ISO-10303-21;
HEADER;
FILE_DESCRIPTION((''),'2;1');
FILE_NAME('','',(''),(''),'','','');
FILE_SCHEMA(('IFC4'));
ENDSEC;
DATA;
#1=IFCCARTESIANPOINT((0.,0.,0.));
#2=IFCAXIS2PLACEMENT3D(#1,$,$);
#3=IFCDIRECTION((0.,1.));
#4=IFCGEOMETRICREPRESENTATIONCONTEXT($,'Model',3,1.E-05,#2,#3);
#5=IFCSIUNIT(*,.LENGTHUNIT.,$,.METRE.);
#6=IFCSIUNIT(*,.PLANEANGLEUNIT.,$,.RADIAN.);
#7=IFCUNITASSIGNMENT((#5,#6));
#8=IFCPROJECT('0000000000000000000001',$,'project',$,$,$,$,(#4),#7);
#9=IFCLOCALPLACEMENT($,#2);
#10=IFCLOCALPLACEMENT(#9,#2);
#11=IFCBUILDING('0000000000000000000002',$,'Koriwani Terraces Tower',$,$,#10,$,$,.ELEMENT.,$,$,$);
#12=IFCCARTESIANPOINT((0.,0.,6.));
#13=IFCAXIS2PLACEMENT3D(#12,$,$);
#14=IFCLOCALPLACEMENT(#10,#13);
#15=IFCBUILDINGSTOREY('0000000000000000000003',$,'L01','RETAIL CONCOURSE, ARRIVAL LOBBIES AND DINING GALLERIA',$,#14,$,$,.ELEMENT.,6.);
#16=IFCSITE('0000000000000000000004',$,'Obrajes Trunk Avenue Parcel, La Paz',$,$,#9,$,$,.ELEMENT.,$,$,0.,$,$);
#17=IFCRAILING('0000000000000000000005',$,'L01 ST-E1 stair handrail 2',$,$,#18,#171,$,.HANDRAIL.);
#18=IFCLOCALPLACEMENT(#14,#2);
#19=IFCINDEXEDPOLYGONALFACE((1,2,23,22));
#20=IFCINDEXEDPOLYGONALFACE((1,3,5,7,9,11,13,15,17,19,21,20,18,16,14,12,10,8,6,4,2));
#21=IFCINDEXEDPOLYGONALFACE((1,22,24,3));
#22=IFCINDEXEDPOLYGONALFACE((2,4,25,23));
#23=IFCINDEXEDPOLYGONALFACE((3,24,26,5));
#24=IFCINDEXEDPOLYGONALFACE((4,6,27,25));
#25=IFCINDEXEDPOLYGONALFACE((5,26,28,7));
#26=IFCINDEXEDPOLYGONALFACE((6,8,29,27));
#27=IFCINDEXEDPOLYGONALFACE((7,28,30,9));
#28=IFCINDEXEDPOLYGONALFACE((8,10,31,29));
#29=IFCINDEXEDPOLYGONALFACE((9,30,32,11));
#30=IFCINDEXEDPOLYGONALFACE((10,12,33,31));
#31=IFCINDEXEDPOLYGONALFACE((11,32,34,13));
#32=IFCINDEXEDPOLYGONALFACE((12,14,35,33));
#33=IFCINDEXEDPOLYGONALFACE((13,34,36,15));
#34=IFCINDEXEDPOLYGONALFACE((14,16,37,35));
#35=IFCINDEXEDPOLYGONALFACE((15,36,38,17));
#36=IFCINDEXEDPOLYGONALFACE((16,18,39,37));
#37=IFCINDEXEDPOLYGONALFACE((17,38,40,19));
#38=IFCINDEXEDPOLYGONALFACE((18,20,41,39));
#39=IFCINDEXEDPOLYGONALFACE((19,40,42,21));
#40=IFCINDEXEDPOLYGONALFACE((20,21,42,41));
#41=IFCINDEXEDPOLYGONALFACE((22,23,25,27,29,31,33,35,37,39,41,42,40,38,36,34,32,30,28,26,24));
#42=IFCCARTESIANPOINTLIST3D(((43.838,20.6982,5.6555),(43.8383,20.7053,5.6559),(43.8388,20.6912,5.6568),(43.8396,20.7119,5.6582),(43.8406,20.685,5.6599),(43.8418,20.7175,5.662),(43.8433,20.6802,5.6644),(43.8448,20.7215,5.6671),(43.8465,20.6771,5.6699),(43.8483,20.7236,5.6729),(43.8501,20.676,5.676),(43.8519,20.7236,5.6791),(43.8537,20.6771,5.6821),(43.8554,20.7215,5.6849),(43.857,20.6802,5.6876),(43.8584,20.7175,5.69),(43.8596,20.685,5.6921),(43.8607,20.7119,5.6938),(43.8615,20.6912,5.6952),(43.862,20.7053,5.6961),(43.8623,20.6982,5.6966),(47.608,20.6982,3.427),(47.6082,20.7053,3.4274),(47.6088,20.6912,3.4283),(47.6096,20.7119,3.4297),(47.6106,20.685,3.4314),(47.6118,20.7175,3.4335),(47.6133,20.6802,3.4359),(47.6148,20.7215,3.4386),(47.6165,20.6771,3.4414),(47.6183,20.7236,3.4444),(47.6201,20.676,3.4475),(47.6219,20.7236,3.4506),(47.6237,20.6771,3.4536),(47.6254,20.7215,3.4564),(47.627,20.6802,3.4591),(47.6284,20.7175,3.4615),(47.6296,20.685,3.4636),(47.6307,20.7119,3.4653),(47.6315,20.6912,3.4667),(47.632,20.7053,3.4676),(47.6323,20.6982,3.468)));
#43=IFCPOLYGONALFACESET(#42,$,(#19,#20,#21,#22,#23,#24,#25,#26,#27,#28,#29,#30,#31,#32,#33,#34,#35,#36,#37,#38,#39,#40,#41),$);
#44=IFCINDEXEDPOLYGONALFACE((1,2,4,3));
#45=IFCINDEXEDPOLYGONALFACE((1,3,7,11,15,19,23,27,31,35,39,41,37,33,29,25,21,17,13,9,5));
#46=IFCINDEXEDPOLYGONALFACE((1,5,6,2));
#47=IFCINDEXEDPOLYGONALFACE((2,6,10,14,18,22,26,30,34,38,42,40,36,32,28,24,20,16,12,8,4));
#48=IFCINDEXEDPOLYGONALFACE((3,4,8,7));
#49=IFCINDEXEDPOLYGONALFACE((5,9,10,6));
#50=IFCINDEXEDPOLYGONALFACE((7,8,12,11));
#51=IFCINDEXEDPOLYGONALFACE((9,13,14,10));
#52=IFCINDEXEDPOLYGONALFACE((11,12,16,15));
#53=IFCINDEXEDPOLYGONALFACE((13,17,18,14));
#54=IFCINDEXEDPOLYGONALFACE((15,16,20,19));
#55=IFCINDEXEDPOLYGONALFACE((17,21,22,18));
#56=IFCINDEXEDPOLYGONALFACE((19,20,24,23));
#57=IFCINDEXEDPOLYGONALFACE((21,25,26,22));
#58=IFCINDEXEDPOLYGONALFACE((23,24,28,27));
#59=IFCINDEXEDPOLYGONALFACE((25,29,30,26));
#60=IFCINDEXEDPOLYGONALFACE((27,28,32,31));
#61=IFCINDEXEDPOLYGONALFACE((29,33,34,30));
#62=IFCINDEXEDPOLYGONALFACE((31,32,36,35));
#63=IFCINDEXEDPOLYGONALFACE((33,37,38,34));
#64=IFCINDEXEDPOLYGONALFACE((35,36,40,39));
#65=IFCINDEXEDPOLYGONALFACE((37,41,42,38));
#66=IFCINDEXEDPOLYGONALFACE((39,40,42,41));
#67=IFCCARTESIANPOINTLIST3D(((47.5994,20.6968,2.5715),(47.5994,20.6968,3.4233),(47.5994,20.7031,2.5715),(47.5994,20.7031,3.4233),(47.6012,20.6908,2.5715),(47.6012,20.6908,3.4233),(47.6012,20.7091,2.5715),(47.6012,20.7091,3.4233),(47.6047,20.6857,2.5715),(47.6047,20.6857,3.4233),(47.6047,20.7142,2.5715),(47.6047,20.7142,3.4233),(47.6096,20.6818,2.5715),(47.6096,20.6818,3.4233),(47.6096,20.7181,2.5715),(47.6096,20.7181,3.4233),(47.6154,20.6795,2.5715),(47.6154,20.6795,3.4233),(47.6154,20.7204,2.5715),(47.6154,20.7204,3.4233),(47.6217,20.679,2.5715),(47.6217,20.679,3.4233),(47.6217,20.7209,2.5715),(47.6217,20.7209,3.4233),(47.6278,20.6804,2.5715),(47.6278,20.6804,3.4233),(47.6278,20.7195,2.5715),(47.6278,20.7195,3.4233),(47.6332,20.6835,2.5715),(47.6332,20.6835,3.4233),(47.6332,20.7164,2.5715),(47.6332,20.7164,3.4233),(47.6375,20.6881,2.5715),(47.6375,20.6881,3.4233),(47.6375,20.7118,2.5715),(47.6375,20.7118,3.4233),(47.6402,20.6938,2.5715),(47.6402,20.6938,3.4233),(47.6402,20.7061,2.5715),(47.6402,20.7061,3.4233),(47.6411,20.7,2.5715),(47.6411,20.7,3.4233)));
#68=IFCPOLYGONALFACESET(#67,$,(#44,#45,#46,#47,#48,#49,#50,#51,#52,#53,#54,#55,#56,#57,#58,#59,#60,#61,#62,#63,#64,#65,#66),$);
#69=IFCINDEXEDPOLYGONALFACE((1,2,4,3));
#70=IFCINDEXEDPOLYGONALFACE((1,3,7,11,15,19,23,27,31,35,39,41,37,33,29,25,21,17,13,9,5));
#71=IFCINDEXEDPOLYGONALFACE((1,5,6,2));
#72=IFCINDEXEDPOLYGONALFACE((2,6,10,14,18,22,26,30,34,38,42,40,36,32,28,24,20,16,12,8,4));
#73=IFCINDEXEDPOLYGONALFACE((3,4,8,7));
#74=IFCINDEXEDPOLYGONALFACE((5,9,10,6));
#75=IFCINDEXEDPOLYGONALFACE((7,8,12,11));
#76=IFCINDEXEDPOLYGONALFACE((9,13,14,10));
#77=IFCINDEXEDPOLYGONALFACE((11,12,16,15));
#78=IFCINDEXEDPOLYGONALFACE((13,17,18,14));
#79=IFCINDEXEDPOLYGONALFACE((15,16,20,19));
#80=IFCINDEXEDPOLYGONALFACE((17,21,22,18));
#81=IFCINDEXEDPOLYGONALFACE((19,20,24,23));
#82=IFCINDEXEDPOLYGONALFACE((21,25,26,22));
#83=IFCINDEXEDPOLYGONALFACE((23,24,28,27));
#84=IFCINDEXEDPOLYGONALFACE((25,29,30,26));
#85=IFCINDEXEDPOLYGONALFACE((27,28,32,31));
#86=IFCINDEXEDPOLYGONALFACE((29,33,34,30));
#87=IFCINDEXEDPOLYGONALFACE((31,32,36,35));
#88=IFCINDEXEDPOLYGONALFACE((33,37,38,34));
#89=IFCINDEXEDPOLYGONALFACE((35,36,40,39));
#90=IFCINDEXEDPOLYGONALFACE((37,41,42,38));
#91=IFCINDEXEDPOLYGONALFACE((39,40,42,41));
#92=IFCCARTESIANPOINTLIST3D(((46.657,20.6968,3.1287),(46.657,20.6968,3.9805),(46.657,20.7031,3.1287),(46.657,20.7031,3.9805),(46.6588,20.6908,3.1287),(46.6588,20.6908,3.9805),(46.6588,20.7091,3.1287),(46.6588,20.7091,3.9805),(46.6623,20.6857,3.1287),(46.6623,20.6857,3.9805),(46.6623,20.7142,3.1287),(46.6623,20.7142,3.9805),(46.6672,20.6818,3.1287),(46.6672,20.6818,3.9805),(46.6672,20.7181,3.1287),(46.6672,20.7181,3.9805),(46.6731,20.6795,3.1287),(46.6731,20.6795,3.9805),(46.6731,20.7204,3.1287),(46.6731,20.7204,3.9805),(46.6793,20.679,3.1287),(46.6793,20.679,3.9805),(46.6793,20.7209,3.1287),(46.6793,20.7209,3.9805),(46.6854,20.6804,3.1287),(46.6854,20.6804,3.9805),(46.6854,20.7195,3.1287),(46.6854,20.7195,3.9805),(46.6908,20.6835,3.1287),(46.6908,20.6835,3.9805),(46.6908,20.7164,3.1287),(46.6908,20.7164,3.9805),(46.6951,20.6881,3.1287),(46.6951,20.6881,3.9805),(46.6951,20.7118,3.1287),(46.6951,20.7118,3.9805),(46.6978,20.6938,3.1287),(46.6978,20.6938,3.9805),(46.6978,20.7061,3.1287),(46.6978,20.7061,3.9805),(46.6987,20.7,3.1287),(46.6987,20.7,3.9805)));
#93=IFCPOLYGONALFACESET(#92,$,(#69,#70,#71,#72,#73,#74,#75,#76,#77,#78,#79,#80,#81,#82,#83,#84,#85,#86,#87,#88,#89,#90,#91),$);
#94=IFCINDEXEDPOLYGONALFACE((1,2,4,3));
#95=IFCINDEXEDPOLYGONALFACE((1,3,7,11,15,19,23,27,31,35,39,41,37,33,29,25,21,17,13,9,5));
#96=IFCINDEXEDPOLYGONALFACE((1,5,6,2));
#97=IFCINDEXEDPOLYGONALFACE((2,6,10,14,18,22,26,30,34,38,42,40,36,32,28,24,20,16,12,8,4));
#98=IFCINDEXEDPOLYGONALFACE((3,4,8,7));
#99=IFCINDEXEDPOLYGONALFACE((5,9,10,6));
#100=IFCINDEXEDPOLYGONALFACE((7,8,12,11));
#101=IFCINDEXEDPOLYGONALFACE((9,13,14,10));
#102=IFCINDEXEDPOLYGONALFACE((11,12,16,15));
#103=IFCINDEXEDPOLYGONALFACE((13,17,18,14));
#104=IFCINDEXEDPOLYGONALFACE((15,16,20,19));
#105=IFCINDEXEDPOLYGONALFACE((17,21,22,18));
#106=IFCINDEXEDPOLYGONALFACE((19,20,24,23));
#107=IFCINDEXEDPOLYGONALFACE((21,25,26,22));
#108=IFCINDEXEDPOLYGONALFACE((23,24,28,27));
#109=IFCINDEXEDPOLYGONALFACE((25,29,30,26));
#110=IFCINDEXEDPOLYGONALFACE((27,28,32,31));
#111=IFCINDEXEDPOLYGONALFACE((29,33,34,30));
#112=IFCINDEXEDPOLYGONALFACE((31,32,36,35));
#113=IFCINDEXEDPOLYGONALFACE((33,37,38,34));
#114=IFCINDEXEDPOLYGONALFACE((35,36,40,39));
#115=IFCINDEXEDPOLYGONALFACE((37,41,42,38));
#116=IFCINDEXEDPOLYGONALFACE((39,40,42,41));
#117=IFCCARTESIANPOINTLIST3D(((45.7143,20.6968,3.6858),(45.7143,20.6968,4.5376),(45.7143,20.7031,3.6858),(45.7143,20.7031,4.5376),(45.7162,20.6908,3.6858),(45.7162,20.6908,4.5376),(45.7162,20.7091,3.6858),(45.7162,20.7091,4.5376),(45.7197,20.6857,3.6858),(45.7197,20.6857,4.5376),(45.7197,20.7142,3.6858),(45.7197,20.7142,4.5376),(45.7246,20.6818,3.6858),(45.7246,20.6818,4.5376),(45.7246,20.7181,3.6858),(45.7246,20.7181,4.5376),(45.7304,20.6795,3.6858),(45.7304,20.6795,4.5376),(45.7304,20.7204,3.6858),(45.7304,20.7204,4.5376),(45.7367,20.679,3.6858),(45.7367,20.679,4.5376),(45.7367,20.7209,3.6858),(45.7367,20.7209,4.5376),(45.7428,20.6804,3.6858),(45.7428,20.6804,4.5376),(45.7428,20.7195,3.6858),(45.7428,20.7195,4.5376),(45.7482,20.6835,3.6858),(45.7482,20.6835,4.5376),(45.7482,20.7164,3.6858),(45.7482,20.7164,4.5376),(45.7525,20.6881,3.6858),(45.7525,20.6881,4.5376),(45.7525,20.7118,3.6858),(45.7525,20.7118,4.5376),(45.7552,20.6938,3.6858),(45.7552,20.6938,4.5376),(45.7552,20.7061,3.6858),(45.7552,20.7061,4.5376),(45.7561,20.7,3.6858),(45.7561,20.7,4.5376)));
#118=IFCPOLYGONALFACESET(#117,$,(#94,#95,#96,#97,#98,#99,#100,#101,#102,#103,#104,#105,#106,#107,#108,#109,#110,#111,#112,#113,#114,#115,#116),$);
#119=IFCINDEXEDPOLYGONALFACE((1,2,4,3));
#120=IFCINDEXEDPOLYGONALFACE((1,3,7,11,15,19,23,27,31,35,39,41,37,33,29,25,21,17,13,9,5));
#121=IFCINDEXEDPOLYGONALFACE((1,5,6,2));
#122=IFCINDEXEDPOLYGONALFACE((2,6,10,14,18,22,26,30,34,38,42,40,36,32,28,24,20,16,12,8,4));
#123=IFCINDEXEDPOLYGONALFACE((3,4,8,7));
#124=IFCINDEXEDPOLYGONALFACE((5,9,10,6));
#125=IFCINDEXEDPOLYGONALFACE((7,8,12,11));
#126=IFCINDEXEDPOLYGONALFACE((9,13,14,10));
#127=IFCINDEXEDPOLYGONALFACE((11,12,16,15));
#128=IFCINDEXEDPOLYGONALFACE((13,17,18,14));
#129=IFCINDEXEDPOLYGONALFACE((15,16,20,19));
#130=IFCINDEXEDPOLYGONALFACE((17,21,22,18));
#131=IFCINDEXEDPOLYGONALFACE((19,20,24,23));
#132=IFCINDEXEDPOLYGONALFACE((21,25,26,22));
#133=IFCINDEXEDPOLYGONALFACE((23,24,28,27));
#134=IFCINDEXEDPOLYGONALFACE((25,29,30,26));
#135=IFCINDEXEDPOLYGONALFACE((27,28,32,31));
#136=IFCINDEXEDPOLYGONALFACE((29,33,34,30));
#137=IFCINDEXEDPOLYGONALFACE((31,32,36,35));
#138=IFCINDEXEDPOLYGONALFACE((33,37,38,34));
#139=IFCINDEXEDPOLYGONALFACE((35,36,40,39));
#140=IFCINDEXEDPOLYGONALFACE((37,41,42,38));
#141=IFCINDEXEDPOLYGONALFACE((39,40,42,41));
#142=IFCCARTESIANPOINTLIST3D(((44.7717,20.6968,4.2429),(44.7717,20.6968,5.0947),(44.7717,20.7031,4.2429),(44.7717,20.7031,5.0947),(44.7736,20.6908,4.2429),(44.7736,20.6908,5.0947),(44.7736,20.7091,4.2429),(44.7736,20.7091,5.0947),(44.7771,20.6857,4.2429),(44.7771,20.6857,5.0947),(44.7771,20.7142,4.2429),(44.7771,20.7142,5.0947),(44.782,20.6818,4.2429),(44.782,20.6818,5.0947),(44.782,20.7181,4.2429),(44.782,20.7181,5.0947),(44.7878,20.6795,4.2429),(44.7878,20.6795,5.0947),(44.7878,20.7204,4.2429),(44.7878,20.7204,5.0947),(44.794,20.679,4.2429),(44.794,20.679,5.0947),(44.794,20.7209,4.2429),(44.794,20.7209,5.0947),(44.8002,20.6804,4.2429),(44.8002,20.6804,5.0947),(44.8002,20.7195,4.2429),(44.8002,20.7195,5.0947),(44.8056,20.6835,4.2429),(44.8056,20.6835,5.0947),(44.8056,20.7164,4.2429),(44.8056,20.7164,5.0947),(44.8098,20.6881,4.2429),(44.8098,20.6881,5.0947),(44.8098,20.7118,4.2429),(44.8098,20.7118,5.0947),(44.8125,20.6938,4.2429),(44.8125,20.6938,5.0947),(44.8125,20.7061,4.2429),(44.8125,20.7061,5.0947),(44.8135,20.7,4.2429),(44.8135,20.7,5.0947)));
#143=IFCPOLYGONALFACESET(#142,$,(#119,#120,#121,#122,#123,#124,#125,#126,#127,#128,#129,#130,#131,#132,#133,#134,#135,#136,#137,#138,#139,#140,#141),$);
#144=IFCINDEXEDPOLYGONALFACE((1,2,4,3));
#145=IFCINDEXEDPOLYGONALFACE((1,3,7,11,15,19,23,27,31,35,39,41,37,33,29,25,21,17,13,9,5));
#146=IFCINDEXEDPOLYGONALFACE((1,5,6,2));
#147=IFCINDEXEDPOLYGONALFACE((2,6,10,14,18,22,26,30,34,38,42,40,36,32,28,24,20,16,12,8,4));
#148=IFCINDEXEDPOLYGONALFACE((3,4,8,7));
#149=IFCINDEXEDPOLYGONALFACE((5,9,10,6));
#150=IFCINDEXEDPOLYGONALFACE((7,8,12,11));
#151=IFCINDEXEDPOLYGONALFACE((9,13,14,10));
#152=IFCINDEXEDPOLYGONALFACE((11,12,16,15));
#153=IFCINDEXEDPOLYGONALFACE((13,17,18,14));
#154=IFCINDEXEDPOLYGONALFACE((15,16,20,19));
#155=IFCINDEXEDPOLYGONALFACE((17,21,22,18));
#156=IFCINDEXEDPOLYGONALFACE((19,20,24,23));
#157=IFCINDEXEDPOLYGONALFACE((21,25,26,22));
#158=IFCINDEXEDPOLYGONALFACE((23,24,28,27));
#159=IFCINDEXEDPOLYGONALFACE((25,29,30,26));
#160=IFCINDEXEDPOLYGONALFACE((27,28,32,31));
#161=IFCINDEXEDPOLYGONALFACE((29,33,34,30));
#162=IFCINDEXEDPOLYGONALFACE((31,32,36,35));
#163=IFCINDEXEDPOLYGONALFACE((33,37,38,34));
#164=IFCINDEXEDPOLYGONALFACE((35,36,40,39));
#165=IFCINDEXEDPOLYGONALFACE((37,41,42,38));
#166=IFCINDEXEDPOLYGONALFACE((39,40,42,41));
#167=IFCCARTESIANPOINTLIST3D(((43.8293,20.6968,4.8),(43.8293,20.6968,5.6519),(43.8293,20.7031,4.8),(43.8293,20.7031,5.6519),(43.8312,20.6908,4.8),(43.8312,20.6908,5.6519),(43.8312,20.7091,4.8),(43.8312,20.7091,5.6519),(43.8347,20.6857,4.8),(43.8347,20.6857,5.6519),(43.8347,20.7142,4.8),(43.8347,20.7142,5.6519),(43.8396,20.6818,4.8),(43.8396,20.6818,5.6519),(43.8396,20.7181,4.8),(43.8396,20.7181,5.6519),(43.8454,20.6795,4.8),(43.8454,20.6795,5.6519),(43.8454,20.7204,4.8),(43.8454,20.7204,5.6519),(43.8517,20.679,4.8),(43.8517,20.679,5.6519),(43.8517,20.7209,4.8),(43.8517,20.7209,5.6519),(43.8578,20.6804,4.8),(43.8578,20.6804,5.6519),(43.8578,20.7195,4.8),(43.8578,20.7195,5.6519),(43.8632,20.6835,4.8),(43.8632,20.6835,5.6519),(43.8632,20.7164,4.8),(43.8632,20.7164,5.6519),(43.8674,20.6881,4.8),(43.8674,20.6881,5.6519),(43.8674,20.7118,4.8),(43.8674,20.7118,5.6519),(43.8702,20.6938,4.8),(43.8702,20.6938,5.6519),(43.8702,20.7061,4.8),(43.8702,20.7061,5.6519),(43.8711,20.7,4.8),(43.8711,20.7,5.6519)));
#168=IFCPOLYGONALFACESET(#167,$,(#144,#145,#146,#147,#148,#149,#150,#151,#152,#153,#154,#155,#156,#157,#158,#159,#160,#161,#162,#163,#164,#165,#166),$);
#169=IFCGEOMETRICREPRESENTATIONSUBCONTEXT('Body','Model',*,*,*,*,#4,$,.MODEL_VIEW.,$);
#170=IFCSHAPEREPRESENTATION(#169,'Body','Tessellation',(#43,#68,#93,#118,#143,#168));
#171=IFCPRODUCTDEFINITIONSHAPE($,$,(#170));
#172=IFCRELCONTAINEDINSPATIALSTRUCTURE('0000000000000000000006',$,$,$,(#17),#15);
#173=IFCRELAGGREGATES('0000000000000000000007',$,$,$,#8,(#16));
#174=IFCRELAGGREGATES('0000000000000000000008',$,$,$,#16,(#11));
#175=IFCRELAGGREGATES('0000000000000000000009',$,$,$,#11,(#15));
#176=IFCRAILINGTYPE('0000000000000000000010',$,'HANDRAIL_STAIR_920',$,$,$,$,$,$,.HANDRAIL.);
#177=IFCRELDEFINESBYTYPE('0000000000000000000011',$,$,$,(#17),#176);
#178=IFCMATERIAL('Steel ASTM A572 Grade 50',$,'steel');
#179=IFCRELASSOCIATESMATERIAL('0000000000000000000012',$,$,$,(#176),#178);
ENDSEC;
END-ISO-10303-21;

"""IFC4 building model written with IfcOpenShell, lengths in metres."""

from ifc_helpers import new_model, si_unit, direction, frame, origin, origin_2d, place, context, subcontext, project, spatial, circle, extrude, material, type_object, element, save


model = new_model("IFC4")

# Units and contexts
model_context = context("Model", 3, precision=1e-05, world=origin(), true_north=direction((0.0, 1.0)))
body_context = subcontext(model_context, "Body", "Model", "MODEL_VIEW")
ifc_project = project(units=[si_unit("LENGTHUNIT", "METRE"), si_unit("PLANEANGLEUNIT", "RADIAN")], contexts=[model_context])

# Site, building, storey
site_placement = place(None, origin())
site = spatial("IfcSite", under=ifc_project, at=site_placement, Name="Obrajes Trunk Avenue Parcel, La Paz", CompositionType="ELEMENT", RefElevation=0.0)
building_placement = place(site_placement, origin())
building = spatial("IfcBuilding", under=site, at=building_placement, Name="Koriwani Terraces Tower", CompositionType="ELEMENT")
storey_placement = place(building_placement, frame((0.0, 0.0, 6.0)))
storey = spatial("IfcBuildingStorey", under=building, at=storey_placement, Name="L01", Description="RETAIL CONCOURSE, ARRIVAL LOBBIES AND DINING GALLERIA", CompositionType="ELEMENT", Elevation=6.0)

# Shared definitions
ifc_material_1 = material(Name="Steel ASTM A572 Grade 50", Category="steel")

# Railing
railing_type = type_object("IfcRailingType", Name="HANDRAIL_STAIR_920", PredefinedType="HANDRAIL", material=ifc_material_1)
railing_placement = place(storey_placement, frame((47.6201, 20.7, 2.5715)))
element("IfcRailing", 1, at=railing_placement, inside=storey, type_object=railing_type, Name="L01 ST-E1 stair handrail 2", PredefinedType="HANDRAIL", context=body_context, shape_type="SweptSolid", body=[
    extrude(circle(Radius=0.0239, at=origin_2d()), frame((0.0, 0.0, 0.876), z_axis=(-0.860849, 0.0, 0.508861), x_axis=(0.0, -1.0, 0.0)), (0.0, 0.0, 1.0), 4.3794),
    extrude(circle(Radius=0.021, at=origin_2d()), origin(), (0.0, 0.0, 1.0), 0.8518),
    extrude(circle(Radius=0.021, at=origin_2d()), frame((-0.9424, 0.0, 0.5571)), (0.0, 0.0, 1.0), 0.8518),
    extrude(circle(Radius=0.021, at=origin_2d()), frame((-1.885, 0.0, 1.1143)), (0.0, 0.0, 1.0), 0.8518),
    extrude(circle(Radius=0.021, at=origin_2d()), frame((-2.8276, 0.0, 1.6714)), (0.0, 0.0, 1.0), 0.8518),
    extrude(circle(Radius=0.021, at=origin_2d()), frame((-3.77, 0.0, 2.2285)), (0.0, 0.0, 1.0), 0.8518),
])

save(model, "model.ifc")
